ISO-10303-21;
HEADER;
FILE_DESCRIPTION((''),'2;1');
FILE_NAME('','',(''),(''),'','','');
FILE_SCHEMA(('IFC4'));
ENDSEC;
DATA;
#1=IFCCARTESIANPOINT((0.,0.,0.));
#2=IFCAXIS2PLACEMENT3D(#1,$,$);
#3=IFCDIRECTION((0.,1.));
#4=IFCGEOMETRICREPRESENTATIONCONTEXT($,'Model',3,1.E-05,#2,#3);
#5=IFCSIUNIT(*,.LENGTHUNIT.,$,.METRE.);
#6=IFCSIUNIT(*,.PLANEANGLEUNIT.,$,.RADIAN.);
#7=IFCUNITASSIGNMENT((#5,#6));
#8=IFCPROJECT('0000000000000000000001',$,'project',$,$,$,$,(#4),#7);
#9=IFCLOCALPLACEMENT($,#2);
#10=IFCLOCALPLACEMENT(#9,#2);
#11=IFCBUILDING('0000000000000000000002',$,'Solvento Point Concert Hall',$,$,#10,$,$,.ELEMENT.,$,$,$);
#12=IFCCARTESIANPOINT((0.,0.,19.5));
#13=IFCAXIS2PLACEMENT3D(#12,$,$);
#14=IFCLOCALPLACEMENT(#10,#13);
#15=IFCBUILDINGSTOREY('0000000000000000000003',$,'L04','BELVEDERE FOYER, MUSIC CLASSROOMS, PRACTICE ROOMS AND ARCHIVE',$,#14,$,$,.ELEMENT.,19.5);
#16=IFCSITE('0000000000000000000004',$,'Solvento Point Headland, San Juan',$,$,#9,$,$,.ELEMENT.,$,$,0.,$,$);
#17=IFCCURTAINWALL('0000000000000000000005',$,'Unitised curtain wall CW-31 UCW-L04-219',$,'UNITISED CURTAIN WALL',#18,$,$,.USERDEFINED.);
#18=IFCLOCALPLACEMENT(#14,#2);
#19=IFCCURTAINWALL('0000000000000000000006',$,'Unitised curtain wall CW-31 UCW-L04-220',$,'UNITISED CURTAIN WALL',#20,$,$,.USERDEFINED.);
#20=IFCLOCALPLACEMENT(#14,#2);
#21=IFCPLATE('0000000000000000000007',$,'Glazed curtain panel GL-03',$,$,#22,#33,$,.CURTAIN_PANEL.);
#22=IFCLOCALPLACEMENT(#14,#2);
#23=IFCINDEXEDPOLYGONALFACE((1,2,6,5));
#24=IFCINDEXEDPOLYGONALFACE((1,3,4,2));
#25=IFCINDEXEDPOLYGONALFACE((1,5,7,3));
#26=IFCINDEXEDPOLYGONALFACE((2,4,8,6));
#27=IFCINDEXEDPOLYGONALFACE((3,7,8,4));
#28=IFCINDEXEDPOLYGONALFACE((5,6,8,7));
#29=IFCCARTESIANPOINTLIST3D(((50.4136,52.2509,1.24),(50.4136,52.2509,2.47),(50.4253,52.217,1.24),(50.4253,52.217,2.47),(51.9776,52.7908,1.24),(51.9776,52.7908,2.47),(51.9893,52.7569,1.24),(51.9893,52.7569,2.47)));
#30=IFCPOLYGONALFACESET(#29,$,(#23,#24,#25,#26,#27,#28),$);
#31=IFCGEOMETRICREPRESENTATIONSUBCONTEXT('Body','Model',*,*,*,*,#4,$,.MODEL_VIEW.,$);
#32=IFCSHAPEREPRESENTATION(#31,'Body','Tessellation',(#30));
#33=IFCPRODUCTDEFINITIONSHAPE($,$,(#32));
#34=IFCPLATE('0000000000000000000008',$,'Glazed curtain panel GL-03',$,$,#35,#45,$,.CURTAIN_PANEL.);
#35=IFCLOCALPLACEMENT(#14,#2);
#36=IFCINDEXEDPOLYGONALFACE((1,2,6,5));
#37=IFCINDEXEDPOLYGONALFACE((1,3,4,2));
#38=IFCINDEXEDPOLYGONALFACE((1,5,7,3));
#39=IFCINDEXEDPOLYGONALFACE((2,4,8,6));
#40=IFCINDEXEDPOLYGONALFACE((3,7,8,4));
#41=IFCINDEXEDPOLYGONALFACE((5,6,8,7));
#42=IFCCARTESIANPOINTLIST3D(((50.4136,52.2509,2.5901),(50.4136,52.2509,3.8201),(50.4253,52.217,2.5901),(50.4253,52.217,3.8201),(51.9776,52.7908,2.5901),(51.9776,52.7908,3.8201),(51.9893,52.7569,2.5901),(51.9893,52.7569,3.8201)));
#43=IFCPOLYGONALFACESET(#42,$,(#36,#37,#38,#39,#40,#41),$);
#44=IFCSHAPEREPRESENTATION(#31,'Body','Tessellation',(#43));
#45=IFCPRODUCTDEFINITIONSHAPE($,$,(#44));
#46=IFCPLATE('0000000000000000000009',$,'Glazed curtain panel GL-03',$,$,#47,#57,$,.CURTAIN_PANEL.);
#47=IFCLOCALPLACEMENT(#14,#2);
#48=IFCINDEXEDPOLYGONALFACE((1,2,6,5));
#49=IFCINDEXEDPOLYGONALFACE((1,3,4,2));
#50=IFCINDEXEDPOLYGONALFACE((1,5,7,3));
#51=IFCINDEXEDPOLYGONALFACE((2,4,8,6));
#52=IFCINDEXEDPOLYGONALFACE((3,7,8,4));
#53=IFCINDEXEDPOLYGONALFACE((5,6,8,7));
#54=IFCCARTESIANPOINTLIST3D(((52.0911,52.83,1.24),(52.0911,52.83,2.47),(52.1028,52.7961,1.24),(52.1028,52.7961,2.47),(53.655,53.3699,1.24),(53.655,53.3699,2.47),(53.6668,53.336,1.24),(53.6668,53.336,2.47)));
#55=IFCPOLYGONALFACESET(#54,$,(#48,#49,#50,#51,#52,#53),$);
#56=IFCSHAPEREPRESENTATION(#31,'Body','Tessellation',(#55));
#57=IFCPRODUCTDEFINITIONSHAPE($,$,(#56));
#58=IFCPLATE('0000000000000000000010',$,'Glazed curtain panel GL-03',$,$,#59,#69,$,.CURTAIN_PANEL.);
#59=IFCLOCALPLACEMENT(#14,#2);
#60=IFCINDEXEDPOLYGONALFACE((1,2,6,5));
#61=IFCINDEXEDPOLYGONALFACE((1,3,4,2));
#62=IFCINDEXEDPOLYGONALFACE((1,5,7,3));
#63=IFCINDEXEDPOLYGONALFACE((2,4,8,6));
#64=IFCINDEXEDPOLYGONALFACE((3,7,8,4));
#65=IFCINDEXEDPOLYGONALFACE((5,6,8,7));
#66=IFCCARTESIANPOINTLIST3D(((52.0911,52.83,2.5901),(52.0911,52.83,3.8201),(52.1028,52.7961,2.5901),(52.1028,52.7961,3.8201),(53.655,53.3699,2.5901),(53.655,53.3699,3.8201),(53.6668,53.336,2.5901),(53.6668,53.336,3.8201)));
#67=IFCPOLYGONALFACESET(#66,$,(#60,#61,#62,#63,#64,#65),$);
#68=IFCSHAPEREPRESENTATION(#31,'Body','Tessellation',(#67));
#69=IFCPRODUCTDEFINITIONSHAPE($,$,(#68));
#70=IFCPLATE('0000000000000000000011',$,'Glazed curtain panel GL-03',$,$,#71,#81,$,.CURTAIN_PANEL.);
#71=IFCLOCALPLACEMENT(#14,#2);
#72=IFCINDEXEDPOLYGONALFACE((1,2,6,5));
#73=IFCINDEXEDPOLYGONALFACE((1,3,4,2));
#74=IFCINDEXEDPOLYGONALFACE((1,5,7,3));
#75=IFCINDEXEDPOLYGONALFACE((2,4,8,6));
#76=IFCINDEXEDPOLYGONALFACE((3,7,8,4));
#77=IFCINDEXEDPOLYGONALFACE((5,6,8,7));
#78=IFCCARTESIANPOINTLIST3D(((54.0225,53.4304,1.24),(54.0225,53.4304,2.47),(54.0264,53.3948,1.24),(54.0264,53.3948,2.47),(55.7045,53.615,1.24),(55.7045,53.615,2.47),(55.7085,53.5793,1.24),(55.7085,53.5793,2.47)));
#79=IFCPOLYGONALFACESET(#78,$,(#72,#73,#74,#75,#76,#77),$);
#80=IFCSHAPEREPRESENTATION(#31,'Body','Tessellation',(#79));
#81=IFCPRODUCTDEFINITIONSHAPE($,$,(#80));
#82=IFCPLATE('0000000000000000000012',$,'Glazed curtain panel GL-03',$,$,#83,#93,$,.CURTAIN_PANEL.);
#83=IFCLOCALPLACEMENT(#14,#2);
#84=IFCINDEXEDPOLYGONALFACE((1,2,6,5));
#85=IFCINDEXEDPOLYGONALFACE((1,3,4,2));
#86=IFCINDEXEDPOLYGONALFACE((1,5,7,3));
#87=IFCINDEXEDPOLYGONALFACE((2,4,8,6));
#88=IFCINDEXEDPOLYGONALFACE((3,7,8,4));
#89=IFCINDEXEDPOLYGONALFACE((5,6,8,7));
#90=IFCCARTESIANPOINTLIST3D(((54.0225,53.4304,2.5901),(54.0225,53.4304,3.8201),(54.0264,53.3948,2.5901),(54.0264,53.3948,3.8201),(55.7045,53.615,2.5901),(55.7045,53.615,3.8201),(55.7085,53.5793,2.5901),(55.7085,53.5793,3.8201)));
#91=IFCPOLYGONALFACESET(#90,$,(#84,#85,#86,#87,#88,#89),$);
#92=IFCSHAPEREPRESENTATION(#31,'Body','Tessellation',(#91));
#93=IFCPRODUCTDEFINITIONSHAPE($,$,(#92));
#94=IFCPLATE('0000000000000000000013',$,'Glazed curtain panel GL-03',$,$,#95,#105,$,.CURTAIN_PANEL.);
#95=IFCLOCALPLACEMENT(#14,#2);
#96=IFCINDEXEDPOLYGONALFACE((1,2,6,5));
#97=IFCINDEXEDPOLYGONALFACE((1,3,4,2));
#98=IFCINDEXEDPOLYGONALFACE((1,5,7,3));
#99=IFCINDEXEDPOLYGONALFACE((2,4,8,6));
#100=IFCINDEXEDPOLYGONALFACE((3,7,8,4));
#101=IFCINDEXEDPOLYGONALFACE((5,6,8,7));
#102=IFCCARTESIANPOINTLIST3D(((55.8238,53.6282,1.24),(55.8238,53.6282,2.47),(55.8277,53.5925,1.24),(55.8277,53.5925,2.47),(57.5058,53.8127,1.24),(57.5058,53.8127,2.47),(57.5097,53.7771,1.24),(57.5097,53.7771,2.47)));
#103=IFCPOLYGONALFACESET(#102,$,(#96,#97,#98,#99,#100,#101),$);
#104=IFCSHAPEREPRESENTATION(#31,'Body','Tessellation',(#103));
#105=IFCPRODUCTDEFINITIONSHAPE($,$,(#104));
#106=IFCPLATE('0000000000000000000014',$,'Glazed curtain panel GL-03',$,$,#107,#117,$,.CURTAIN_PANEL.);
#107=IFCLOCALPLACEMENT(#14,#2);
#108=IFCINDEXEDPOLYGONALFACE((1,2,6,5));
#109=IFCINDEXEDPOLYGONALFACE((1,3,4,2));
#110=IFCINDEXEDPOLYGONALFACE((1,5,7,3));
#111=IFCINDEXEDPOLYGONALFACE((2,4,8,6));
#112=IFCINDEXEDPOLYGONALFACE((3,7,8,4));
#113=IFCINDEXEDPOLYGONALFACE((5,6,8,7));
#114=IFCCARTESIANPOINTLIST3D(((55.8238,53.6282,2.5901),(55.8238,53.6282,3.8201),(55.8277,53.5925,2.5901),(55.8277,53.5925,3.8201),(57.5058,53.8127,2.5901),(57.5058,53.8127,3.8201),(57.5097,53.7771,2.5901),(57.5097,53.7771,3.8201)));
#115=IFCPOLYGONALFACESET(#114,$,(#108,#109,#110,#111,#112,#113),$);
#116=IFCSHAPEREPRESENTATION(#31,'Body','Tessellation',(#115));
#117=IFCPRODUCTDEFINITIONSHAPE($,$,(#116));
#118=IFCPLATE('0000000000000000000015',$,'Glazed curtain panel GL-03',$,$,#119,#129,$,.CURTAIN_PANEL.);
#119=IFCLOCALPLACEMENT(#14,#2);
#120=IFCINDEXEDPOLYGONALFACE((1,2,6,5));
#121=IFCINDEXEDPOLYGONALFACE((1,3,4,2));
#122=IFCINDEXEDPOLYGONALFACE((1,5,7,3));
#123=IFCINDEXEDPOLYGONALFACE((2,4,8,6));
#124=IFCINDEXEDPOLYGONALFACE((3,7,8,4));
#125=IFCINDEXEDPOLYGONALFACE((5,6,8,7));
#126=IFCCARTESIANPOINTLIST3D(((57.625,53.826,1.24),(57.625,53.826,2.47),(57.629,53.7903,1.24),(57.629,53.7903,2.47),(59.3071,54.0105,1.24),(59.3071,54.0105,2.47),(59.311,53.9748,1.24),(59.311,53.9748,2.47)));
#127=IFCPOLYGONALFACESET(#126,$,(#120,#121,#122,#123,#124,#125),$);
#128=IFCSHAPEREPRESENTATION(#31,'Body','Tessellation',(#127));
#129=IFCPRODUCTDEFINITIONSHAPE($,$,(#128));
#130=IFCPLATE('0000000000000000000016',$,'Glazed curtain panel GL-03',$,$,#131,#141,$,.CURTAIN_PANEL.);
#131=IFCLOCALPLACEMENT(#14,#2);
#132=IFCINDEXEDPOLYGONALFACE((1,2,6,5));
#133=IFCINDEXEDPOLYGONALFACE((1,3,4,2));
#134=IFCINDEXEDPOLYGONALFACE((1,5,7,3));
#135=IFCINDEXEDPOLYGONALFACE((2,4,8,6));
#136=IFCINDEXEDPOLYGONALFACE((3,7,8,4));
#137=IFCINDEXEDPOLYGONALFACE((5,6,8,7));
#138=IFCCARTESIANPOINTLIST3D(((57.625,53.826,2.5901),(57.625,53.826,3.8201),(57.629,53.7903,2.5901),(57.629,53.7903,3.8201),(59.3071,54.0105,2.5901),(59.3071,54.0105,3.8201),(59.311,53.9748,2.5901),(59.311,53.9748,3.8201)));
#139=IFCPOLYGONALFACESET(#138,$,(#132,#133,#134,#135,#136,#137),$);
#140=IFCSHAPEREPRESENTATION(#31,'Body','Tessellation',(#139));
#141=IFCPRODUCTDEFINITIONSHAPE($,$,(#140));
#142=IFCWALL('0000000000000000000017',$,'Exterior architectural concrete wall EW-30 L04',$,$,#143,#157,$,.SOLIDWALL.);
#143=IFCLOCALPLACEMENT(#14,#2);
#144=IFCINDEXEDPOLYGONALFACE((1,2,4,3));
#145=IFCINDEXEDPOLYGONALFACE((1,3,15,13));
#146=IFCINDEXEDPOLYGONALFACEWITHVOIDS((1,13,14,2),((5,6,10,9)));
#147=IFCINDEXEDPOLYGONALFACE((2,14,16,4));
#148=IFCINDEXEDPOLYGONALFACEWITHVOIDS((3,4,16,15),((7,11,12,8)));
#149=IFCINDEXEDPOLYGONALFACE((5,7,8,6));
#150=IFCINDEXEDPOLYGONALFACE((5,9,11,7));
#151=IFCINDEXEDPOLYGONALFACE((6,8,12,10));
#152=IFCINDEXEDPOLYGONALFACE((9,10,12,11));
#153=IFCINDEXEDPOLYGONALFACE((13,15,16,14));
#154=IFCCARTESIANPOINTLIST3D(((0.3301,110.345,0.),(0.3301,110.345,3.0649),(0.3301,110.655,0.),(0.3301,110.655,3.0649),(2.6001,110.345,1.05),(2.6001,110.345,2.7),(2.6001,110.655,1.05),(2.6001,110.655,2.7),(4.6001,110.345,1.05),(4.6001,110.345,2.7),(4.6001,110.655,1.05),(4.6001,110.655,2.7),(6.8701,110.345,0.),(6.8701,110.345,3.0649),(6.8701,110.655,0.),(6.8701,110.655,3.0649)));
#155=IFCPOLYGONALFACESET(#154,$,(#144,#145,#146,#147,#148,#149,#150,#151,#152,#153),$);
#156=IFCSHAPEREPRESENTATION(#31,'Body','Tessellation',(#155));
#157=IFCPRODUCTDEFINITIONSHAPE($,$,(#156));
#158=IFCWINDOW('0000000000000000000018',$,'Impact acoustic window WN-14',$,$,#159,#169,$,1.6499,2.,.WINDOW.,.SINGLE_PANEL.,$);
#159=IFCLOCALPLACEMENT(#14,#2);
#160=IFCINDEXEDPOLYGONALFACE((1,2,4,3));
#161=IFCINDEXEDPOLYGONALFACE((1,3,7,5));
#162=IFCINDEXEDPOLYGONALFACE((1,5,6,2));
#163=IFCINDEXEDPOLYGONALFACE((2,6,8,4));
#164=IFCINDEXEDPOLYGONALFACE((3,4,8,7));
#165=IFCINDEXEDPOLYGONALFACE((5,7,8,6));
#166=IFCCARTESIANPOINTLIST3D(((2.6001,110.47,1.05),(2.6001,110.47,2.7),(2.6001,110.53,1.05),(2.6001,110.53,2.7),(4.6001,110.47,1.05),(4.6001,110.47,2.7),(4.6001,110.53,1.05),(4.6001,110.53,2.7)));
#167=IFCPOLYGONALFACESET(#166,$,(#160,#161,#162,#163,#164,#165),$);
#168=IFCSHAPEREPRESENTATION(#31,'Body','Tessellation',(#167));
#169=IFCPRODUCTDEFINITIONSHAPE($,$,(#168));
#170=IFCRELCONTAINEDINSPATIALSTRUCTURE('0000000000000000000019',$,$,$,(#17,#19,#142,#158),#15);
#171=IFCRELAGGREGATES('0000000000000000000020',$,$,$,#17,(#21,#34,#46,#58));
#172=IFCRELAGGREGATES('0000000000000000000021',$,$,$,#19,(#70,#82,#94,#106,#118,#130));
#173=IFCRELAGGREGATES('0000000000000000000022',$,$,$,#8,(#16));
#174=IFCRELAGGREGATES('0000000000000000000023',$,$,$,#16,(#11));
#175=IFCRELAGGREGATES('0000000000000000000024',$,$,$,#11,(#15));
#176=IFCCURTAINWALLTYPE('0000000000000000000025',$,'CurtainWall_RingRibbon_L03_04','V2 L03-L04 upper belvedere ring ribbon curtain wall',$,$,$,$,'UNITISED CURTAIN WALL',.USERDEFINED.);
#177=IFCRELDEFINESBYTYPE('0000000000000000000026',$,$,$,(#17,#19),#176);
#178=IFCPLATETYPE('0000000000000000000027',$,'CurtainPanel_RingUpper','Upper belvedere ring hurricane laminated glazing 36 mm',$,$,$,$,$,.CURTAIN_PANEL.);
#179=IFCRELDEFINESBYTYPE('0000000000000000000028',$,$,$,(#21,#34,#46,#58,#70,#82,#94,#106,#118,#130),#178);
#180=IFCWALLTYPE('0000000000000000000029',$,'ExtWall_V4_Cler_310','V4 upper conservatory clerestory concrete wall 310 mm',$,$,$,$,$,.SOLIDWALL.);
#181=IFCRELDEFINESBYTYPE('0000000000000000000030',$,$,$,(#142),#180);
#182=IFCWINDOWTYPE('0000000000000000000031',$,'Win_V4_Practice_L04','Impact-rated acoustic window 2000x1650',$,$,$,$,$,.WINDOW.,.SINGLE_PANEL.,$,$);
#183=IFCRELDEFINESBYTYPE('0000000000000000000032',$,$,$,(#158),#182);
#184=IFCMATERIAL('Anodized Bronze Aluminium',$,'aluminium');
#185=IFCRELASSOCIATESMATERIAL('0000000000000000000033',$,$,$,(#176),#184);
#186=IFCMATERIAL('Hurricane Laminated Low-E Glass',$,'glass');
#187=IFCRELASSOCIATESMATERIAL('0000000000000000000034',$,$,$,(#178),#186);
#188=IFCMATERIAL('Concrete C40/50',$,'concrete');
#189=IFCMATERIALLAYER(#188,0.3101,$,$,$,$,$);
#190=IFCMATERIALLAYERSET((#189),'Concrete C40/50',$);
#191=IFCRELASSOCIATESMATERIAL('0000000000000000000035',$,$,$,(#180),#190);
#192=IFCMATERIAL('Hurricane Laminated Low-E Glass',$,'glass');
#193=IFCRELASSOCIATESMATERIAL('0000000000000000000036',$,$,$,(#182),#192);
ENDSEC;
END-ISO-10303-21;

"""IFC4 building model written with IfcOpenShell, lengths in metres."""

from ifc_helpers import new_model, si_unit, direction, frame, frame_2d, origin, origin_2d, place, context, subcontext, project, spatial, rectangle, extrude, material, layer, layer_set, type_object, element, fill, aggregate, save


model = new_model("IFC4")

# Units and contexts
model_context = context("Model", 3, precision=1e-05, world=origin(), true_north=direction((0.0, 1.0)))
body_context = subcontext(model_context, "Body", "Model", "MODEL_VIEW")
ifc_project = project(units=[si_unit("LENGTHUNIT", "METRE"), si_unit("PLANEANGLEUNIT", "RADIAN")], contexts=[model_context])

# Site, building, storey
site_placement = place(None, origin())
site = spatial("IfcSite", under=ifc_project, at=site_placement, Name="Solvento Point Headland, San Juan", CompositionType="ELEMENT", RefElevation=0.0)
building_placement = place(site_placement, origin())
building = spatial("IfcBuilding", under=site, at=building_placement, Name="Solvento Point Concert Hall", CompositionType="ELEMENT")
storey_placement = place(building_placement, frame((0.0, 0.0, 19.5)))
storey = spatial("IfcBuildingStorey", under=building, at=storey_placement, Name="L04", Description="BELVEDERE FOYER, MUSIC CLASSROOMS, PRACTICE ROOMS AND ARCHIVE", CompositionType="ELEMENT", Elevation=19.5)

# Curtain walls
ifc_material_1 = material(Name="Anodized Bronze Aluminium", Category="aluminium")
curtain_wall_type = type_object("IfcCurtainWallType", Name="CurtainWall_RingRibbon_L03_04", Description="V2 L03-L04 upper belvedere ring ribbon curtain wall", ElementType="UNITISED CURTAIN WALL", PredefinedType="USERDEFINED", material=ifc_material_1)
curtain_wall_1_placement = place(storey_placement, origin())
curtain_wall_1 = element("IfcCurtainWall", 1, at=curtain_wall_1_placement, inside=storey, type_object=curtain_wall_type, Name="Unitised curtain wall CW-31 UCW-L04-219", ObjectType="UNITISED CURTAIN WALL", PredefinedType="USERDEFINED")
curtain_wall_2_placement = place(storey_placement, origin())
curtain_wall_2 = element("IfcCurtainWall", 2, at=curtain_wall_2_placement, inside=storey, type_object=curtain_wall_type, Name="Unitised curtain wall CW-31 UCW-L04-220", ObjectType="UNITISED CURTAIN WALL", PredefinedType="USERDEFINED")

# Plates
ifc_material_2 = material(Name="Hurricane Laminated Low-E Glass", Category="glass")
plate_type = type_object("IfcPlateType", Name="CurtainPanel_RingUpper", Description="Upper belvedere ring hurricane laminated glazing 36 mm", PredefinedType="CURTAIN_PANEL", material=ifc_material_2)
plate_1_placement = place(storey_placement, frame((51.2014, 52.5039, 1.24), z_axis=(0.0, 0.0, 1.0), x_axis=(0.945271, 0.326286, 0.0)))
plate_1 = element("IfcPlate", 3, at=plate_1_placement, type_object=plate_type, Name="Glazed curtain panel GL-03", PredefinedType="CURTAIN_PANEL", context=body_context, shape_type="SweptSolid", body=[
    extrude(rectangle(XDim=1.6545, YDim=0.0359, at=origin_2d()), origin(), (0.0, 0.0, 1.0), 1.23),
])
plate_2_placement = place(storey_placement, frame((51.2014, 52.5039, 2.5901), z_axis=(0.0, 0.0, 1.0), x_axis=(0.945271, 0.326286, 0.0)))
plate_2 = element("IfcPlate", 4, at=plate_2_placement, type_object=plate_type, Name="Glazed curtain panel GL-03", PredefinedType="CURTAIN_PANEL", context=body_context, shape_type="SweptSolid", body=[
    extrude(rectangle(XDim=1.6545, YDim=0.0359, at=origin_2d()), origin(), (0.0, 0.0, 1.0), 1.23),
])
plate_3_placement = place(storey_placement, frame((52.8789, 53.083, 1.24), z_axis=(0.0, 0.0, 1.0), x_axis=(0.945271, 0.326286, 0.0)))
plate_3 = element("IfcPlate", 5, at=plate_3_placement, type_object=plate_type, Name="Glazed curtain panel GL-03", PredefinedType="CURTAIN_PANEL", context=body_context, shape_type="SweptSolid", body=[
    extrude(rectangle(XDim=1.6545, YDim=0.0359, at=origin_2d()), origin(), (0.0, 0.0, 1.0), 1.23),
])
plate_4_placement = place(storey_placement, frame((52.8789, 53.083, 2.5901), z_axis=(0.0, 0.0, 1.0), x_axis=(0.945271, 0.326286, 0.0)))
plate_4 = element("IfcPlate", 6, at=plate_4_placement, type_object=plate_type, Name="Glazed curtain panel GL-03", PredefinedType="CURTAIN_PANEL", context=body_context, shape_type="SweptSolid", body=[
    extrude(rectangle(XDim=1.6545, YDim=0.0359, at=origin_2d()), origin(), (0.0, 0.0, 1.0), 1.23),
])
aggregate(curtain_wall_1, [plate_1, plate_2, plate_3, plate_4])
plate_5_placement = place(storey_placement, frame((54.8655, 53.5049, 1.24), z_axis=(0.0, 0.0, 1.0), x_axis=(0.994035, 0.109058, 0.0)))
plate_5 = element("IfcPlate", 7, at=plate_5_placement, type_object=plate_type, Name="Glazed curtain panel GL-03", PredefinedType="CURTAIN_PANEL", context=body_context, shape_type="SweptSolid", body=[
    extrude(rectangle(XDim=1.6921, YDim=0.0359, at=origin_2d()), origin(), (0.0, 0.0, 1.0), 1.23),
])
plate_6_placement = place(storey_placement, frame((54.8655, 53.5049, 2.5901), z_axis=(0.0, 0.0, 1.0), x_axis=(0.994035, 0.109058, 0.0)))
plate_6 = element("IfcPlate", 8, at=plate_6_placement, type_object=plate_type, Name="Glazed curtain panel GL-03", PredefinedType="CURTAIN_PANEL", context=body_context, shape_type="SweptSolid", body=[
    extrude(rectangle(XDim=1.6921, YDim=0.0359, at=origin_2d()), origin(), (0.0, 0.0, 1.0), 1.23),
])
plate_7_placement = place(storey_placement, frame((56.6667, 53.7026, 1.24), z_axis=(0.0, 0.0, 1.0), x_axis=(0.994035, 0.109058, 0.0)))
plate_7 = element("IfcPlate", 9, at=plate_7_placement, type_object=plate_type, Name="Glazed curtain panel GL-03", PredefinedType="CURTAIN_PANEL", context=body_context, shape_type="SweptSolid", body=[
    extrude(rectangle(XDim=1.6921, YDim=0.0359, at=origin_2d()), origin(), (0.0, 0.0, 1.0), 1.23),
])
plate_8_placement = place(storey_placement, frame((56.6667, 53.7026, 2.5901), z_axis=(0.0, 0.0, 1.0), x_axis=(0.994035, 0.109058, 0.0)))
plate_8 = element("IfcPlate", 10, at=plate_8_placement, type_object=plate_type, Name="Glazed curtain panel GL-03", PredefinedType="CURTAIN_PANEL", context=body_context, shape_type="SweptSolid", body=[
    extrude(rectangle(XDim=1.6921, YDim=0.0359, at=origin_2d()), origin(), (0.0, 0.0, 1.0), 1.23),
])
plate_9_placement = place(storey_placement, frame((58.468, 53.9004, 1.24), z_axis=(0.0, 0.0, 1.0), x_axis=(0.994035, 0.109058, 0.0)))
plate_9 = element("IfcPlate", 11, at=plate_9_placement, type_object=plate_type, Name="Glazed curtain panel GL-03", PredefinedType="CURTAIN_PANEL", context=body_context, shape_type="SweptSolid", body=[
    extrude(rectangle(XDim=1.6921, YDim=0.0359, at=origin_2d()), origin(), (0.0, 0.0, 1.0), 1.23),
])
plate_10_placement = place(storey_placement, frame((58.468, 53.9004, 2.5901), z_axis=(0.0, 0.0, 1.0), x_axis=(0.994035, 0.109058, 0.0)))
plate_10 = element("IfcPlate", 12, at=plate_10_placement, type_object=plate_type, Name="Glazed curtain panel GL-03", PredefinedType="CURTAIN_PANEL", context=body_context, shape_type="SweptSolid", body=[
    extrude(rectangle(XDim=1.6921, YDim=0.0359, at=origin_2d()), origin(), (0.0, 0.0, 1.0), 1.23),
])
aggregate(curtain_wall_2, [plate_5, plate_6, plate_7, plate_8, plate_9, plate_10])

# Wall, opening, window
ifc_material_3 = material(Name="Concrete C40/50", Category="concrete")
ifc_layer_1 = layer(ifc_material_3, 0.3101)
ifc_layer_set_1 = layer_set([ifc_layer_1], Name="Concrete C40/50")
wall_type_1 = type_object("IfcWallType", Name="ExtWall_V4_Cler_310", Description="V4 upper conservatory clerestory concrete wall 310 mm", PredefinedType="SOLIDWALL", material=ifc_layer_set_1)
wall_1_placement = place(storey_placement, frame((6.8701, 110.5, 0.0), z_axis=(0.0, 0.0, 1.0), x_axis=(-1.0, 0.0, 0.0)))
wall_1 = element("IfcWall", 13, at=wall_1_placement, inside=storey, type_object=wall_type_1, Name="Exterior architectural concrete wall EW-30 L04", PredefinedType="SOLIDWALL", context=body_context, shape_type="SweptSolid", body=[
    extrude(rectangle(XDim=6.54, YDim=0.3101, at=frame_2d((3.27, 0.0))), origin(), (0.0, 0.0, 1.0), 3.0649),
])
opening_1_placement = place(wall_1_placement, frame((2.27, 0.0, 1.05)))
opening_1 = element("IfcOpeningElement", 14, at=opening_1_placement, cuts=wall_1, PredefinedType="OPENING", context=body_context, shape_type="SweptSolid", body=[
    extrude(rectangle(XDim=2.0, YDim=1.6499, at=frame_2d((1.0, 0.825))), frame((0.0, 0.165, 0.0), z_axis=(0.0, -1.0, 0.0), x_axis=(1.0, 0.0, 0.0)), (0.0, 0.0, 1.0), 0.3301),
])
ifc_material_4 = material(Name="Hurricane Laminated Low-E Glass", Category="glass")
window_type = type_object("IfcWindowType", Name="Win_V4_Practice_L04", Description="Impact-rated acoustic window 2000x1650", PartitioningType="SINGLE_PANEL", PredefinedType="WINDOW", material=ifc_material_4)
window_placement = place(opening_1_placement, origin())
window = element("IfcWindow", 15, at=window_placement, inside=storey, type_object=window_type, Name="Impact acoustic window WN-14", OverallHeight=1.6499, OverallWidth=2.0, PartitioningType="SINGLE_PANEL", PredefinedType="WINDOW", context=body_context, shape_type="SweptSolid", body=[
    extrude(rectangle(XDim=2.0, YDim=1.6499, at=frame_2d((1.0, 0.825))), frame((0.0, 0.03, 0.0), z_axis=(0.0, -1.0, 0.0), x_axis=(1.0, 0.0, 0.0)), (0.0, 0.0, 1.0), 0.0601),
])
fill(opening_1, window)

save(model, "model.ifc")
